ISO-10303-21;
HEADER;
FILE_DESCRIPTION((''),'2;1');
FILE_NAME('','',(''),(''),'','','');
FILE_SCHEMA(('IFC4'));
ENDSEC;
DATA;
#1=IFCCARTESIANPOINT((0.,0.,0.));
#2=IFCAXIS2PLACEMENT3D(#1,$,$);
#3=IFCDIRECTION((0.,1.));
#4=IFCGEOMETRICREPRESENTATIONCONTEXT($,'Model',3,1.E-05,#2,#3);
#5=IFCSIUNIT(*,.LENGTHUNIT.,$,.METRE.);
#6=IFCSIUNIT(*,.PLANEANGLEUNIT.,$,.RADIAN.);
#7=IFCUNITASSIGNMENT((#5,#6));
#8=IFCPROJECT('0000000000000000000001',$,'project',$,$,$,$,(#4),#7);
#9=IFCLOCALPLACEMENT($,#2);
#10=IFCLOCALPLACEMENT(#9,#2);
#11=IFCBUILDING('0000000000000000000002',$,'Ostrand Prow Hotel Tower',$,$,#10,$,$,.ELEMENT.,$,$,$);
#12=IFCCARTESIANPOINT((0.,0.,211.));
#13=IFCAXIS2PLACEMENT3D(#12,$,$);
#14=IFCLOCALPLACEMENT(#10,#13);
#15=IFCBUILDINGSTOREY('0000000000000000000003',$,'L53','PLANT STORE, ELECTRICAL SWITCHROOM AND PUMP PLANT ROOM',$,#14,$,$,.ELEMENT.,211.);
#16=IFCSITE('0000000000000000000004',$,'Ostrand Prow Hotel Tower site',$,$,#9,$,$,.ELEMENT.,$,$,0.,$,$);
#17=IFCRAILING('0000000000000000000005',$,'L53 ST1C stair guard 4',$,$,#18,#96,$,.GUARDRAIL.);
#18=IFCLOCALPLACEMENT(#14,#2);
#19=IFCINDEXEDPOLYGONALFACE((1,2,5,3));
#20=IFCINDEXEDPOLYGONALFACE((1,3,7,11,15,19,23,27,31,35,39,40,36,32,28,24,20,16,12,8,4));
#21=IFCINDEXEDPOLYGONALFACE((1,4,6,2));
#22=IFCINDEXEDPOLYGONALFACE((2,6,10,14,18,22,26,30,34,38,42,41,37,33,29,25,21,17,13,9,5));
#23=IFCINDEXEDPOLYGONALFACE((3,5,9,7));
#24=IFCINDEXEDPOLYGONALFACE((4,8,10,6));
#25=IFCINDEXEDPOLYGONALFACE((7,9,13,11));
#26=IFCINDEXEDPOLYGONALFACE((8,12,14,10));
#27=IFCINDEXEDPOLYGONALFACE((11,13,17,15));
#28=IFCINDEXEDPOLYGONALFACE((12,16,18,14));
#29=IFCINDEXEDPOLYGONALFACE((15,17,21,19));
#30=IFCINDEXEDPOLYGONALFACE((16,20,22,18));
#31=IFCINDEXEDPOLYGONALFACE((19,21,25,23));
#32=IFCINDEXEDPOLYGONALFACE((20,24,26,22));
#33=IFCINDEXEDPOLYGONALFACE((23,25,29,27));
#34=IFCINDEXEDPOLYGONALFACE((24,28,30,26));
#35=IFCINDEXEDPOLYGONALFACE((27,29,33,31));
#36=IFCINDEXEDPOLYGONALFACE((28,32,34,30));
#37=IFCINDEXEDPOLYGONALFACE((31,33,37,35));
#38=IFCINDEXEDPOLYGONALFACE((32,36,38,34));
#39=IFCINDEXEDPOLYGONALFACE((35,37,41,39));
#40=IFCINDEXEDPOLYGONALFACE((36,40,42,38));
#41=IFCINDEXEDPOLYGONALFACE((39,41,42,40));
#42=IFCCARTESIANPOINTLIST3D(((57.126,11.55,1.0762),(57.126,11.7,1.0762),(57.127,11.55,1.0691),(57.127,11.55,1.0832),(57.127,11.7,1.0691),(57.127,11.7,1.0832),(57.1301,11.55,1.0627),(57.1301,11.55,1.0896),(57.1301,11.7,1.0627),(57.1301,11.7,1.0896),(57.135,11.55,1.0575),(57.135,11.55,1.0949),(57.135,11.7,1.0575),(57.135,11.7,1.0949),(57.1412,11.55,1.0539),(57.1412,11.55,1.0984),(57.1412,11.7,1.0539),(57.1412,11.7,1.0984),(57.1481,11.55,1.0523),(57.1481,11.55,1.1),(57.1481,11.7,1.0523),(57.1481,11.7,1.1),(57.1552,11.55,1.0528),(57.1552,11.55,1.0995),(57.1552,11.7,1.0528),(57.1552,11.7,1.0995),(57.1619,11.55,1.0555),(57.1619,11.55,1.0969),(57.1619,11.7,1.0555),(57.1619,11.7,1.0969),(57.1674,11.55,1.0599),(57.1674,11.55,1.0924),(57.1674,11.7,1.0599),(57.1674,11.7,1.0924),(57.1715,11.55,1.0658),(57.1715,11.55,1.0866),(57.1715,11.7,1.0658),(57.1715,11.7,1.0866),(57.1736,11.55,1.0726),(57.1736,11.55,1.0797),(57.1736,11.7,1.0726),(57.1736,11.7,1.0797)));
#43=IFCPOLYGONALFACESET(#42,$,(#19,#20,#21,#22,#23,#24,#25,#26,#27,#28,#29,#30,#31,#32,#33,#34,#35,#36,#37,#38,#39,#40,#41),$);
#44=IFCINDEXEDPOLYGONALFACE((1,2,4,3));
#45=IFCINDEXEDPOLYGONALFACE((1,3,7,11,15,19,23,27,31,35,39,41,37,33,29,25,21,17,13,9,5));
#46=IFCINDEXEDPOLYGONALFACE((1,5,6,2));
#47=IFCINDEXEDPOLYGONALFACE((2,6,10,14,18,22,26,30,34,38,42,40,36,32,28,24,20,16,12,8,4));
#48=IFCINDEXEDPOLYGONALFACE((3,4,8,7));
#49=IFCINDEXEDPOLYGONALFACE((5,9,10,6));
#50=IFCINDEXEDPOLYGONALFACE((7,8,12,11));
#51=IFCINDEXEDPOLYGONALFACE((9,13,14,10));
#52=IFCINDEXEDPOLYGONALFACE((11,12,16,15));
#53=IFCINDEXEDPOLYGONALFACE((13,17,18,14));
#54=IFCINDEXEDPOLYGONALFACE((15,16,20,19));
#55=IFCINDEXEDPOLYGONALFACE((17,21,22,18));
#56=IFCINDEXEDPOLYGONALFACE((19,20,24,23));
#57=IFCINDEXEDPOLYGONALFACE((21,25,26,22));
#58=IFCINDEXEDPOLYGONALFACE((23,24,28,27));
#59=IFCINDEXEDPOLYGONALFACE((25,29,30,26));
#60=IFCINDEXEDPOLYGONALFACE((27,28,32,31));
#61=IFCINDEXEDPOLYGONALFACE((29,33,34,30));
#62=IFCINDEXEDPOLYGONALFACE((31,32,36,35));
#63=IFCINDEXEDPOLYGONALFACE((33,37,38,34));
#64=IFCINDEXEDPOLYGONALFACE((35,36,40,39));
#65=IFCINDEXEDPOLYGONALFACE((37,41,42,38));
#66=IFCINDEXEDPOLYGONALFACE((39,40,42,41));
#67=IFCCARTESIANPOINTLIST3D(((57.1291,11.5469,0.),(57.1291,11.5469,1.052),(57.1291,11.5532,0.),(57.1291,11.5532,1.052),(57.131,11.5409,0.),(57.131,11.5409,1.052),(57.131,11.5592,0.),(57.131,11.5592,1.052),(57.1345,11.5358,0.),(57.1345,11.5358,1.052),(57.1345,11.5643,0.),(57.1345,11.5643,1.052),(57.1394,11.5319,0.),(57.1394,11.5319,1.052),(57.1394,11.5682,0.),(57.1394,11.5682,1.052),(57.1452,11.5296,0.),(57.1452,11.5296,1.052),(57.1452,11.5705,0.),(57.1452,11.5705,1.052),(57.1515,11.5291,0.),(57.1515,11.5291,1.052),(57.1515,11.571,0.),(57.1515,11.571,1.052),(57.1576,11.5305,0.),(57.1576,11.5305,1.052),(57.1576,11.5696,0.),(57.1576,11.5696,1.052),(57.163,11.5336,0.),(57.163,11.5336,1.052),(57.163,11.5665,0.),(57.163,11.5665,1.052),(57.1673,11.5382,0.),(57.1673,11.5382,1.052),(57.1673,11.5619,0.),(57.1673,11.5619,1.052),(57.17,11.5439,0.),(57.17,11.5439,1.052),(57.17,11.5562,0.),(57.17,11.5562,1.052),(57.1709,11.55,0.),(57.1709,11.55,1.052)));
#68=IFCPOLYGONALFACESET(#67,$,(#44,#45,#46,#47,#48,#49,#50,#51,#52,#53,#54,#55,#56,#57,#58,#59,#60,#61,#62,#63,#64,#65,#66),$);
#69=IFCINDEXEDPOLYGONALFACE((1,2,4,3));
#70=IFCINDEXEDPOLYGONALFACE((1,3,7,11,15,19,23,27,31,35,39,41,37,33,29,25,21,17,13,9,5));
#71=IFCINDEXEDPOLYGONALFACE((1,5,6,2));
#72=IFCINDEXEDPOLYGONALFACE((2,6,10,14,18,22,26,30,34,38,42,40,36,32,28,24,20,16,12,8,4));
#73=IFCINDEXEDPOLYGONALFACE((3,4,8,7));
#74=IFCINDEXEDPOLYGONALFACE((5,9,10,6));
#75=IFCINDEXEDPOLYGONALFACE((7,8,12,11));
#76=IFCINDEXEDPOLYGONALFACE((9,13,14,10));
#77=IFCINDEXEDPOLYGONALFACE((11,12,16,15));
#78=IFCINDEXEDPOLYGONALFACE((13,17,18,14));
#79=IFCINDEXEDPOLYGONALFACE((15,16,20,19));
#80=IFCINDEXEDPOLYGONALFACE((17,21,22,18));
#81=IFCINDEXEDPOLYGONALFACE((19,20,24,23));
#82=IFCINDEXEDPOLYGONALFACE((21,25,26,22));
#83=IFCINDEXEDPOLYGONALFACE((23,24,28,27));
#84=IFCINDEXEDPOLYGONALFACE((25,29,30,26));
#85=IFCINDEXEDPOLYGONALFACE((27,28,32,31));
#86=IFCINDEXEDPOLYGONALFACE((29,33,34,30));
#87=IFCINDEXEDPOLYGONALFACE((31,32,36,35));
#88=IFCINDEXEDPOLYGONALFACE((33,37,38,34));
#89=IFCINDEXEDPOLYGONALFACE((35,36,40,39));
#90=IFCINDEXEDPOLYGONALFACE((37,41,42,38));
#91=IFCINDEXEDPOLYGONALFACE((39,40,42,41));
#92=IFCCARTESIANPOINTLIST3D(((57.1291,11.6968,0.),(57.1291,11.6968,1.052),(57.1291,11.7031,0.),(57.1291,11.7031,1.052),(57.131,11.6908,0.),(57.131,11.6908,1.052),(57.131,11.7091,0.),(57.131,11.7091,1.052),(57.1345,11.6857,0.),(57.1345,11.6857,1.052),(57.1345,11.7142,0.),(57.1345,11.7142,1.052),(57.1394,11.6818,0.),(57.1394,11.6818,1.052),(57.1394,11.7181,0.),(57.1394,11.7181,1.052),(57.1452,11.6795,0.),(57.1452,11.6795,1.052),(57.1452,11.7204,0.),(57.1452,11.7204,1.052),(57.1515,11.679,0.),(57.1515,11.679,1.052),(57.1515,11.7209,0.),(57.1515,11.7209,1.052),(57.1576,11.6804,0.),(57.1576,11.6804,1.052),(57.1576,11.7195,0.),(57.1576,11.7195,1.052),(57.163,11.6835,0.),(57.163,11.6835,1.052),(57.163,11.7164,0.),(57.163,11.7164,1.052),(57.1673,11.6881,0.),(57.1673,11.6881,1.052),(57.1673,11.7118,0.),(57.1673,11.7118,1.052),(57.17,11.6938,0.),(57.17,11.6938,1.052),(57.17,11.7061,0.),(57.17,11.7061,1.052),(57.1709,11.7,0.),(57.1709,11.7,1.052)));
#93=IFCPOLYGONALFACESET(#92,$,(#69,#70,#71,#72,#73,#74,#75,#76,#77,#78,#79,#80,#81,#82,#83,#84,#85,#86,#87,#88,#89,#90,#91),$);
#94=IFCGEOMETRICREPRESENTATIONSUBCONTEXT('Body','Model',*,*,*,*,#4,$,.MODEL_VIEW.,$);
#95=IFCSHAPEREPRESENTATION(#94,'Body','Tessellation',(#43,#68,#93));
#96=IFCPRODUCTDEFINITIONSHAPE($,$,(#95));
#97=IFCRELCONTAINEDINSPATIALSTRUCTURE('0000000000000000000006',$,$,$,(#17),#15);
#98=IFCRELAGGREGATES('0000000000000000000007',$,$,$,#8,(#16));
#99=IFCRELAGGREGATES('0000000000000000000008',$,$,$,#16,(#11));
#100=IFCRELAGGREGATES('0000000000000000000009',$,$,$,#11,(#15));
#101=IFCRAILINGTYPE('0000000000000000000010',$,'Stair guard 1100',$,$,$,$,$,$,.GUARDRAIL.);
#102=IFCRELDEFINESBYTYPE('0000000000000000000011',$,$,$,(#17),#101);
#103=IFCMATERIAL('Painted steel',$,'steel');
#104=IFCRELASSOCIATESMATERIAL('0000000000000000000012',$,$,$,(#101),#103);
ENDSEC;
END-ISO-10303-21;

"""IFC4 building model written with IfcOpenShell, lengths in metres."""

from ifc_helpers import new_model, si_unit, direction, frame, origin, origin_2d, place, context, subcontext, project, spatial, circle, extrude, material, type_object, element, save


model = new_model("IFC4")

# Units and contexts
model_context = context("Model", 3, precision=1e-05, world=origin(), true_north=direction((0.0, 1.0)))
body_context = subcontext(model_context, "Body", "Model", "MODEL_VIEW")
ifc_project = project(units=[si_unit("LENGTHUNIT", "METRE"), si_unit("PLANEANGLEUNIT", "RADIAN")], contexts=[model_context])

# Site, building, storey
site_placement = place(None, origin())
site = spatial("IfcSite", under=ifc_project, at=site_placement, Name="Ostrand Prow Hotel Tower site", CompositionType="ELEMENT", RefElevation=0.0)
building_placement = place(site_placement, origin())
building = spatial("IfcBuilding", under=site, at=building_placement, Name="Ostrand Prow Hotel Tower", CompositionType="ELEMENT")
storey_placement = place(building_placement, frame((0.0, 0.0, 211.0)))
storey = spatial("IfcBuildingStorey", under=building, at=storey_placement, Name="L53", Description="PLANT STORE, ELECTRICAL SWITCHROOM AND PUMP PLANT ROOM", CompositionType="ELEMENT", Elevation=211.0)

# Railing
ifc_material_1 = material(Name="Painted steel", Category="steel")
railing_type_1 = type_object("IfcRailingType", Name="Stair guard 1100", PredefinedType="GUARDRAIL", material=ifc_material_1)
railing_1_placement = place(storey_placement, frame((57.1499, 11.55, 0.0)))
element("IfcRailing", 1, at=railing_1_placement, inside=storey, type_object=railing_type_1, Name="L53 ST1C stair guard 4", PredefinedType="GUARDRAIL", context=body_context, shape_type="SweptSolid", body=[
    extrude(circle(Radius=0.0239, at=origin_2d()), frame((0.0, 0.0, 1.0762), z_axis=(0.0, 1.0, 0.0), x_axis=(-1.0, 0.0, 0.0)), (0.0, 0.0, 1.0), 0.1499),
    extrude(circle(Radius=0.021, at=origin_2d()), origin(), (0.0, 0.0, 1.0), 1.052),
    extrude(circle(Radius=0.021, at=origin_2d()), frame((0.0, 0.1499, 0.0)), (0.0, 0.0, 1.0), 1.052),
])

save(model, "model.ifc")
